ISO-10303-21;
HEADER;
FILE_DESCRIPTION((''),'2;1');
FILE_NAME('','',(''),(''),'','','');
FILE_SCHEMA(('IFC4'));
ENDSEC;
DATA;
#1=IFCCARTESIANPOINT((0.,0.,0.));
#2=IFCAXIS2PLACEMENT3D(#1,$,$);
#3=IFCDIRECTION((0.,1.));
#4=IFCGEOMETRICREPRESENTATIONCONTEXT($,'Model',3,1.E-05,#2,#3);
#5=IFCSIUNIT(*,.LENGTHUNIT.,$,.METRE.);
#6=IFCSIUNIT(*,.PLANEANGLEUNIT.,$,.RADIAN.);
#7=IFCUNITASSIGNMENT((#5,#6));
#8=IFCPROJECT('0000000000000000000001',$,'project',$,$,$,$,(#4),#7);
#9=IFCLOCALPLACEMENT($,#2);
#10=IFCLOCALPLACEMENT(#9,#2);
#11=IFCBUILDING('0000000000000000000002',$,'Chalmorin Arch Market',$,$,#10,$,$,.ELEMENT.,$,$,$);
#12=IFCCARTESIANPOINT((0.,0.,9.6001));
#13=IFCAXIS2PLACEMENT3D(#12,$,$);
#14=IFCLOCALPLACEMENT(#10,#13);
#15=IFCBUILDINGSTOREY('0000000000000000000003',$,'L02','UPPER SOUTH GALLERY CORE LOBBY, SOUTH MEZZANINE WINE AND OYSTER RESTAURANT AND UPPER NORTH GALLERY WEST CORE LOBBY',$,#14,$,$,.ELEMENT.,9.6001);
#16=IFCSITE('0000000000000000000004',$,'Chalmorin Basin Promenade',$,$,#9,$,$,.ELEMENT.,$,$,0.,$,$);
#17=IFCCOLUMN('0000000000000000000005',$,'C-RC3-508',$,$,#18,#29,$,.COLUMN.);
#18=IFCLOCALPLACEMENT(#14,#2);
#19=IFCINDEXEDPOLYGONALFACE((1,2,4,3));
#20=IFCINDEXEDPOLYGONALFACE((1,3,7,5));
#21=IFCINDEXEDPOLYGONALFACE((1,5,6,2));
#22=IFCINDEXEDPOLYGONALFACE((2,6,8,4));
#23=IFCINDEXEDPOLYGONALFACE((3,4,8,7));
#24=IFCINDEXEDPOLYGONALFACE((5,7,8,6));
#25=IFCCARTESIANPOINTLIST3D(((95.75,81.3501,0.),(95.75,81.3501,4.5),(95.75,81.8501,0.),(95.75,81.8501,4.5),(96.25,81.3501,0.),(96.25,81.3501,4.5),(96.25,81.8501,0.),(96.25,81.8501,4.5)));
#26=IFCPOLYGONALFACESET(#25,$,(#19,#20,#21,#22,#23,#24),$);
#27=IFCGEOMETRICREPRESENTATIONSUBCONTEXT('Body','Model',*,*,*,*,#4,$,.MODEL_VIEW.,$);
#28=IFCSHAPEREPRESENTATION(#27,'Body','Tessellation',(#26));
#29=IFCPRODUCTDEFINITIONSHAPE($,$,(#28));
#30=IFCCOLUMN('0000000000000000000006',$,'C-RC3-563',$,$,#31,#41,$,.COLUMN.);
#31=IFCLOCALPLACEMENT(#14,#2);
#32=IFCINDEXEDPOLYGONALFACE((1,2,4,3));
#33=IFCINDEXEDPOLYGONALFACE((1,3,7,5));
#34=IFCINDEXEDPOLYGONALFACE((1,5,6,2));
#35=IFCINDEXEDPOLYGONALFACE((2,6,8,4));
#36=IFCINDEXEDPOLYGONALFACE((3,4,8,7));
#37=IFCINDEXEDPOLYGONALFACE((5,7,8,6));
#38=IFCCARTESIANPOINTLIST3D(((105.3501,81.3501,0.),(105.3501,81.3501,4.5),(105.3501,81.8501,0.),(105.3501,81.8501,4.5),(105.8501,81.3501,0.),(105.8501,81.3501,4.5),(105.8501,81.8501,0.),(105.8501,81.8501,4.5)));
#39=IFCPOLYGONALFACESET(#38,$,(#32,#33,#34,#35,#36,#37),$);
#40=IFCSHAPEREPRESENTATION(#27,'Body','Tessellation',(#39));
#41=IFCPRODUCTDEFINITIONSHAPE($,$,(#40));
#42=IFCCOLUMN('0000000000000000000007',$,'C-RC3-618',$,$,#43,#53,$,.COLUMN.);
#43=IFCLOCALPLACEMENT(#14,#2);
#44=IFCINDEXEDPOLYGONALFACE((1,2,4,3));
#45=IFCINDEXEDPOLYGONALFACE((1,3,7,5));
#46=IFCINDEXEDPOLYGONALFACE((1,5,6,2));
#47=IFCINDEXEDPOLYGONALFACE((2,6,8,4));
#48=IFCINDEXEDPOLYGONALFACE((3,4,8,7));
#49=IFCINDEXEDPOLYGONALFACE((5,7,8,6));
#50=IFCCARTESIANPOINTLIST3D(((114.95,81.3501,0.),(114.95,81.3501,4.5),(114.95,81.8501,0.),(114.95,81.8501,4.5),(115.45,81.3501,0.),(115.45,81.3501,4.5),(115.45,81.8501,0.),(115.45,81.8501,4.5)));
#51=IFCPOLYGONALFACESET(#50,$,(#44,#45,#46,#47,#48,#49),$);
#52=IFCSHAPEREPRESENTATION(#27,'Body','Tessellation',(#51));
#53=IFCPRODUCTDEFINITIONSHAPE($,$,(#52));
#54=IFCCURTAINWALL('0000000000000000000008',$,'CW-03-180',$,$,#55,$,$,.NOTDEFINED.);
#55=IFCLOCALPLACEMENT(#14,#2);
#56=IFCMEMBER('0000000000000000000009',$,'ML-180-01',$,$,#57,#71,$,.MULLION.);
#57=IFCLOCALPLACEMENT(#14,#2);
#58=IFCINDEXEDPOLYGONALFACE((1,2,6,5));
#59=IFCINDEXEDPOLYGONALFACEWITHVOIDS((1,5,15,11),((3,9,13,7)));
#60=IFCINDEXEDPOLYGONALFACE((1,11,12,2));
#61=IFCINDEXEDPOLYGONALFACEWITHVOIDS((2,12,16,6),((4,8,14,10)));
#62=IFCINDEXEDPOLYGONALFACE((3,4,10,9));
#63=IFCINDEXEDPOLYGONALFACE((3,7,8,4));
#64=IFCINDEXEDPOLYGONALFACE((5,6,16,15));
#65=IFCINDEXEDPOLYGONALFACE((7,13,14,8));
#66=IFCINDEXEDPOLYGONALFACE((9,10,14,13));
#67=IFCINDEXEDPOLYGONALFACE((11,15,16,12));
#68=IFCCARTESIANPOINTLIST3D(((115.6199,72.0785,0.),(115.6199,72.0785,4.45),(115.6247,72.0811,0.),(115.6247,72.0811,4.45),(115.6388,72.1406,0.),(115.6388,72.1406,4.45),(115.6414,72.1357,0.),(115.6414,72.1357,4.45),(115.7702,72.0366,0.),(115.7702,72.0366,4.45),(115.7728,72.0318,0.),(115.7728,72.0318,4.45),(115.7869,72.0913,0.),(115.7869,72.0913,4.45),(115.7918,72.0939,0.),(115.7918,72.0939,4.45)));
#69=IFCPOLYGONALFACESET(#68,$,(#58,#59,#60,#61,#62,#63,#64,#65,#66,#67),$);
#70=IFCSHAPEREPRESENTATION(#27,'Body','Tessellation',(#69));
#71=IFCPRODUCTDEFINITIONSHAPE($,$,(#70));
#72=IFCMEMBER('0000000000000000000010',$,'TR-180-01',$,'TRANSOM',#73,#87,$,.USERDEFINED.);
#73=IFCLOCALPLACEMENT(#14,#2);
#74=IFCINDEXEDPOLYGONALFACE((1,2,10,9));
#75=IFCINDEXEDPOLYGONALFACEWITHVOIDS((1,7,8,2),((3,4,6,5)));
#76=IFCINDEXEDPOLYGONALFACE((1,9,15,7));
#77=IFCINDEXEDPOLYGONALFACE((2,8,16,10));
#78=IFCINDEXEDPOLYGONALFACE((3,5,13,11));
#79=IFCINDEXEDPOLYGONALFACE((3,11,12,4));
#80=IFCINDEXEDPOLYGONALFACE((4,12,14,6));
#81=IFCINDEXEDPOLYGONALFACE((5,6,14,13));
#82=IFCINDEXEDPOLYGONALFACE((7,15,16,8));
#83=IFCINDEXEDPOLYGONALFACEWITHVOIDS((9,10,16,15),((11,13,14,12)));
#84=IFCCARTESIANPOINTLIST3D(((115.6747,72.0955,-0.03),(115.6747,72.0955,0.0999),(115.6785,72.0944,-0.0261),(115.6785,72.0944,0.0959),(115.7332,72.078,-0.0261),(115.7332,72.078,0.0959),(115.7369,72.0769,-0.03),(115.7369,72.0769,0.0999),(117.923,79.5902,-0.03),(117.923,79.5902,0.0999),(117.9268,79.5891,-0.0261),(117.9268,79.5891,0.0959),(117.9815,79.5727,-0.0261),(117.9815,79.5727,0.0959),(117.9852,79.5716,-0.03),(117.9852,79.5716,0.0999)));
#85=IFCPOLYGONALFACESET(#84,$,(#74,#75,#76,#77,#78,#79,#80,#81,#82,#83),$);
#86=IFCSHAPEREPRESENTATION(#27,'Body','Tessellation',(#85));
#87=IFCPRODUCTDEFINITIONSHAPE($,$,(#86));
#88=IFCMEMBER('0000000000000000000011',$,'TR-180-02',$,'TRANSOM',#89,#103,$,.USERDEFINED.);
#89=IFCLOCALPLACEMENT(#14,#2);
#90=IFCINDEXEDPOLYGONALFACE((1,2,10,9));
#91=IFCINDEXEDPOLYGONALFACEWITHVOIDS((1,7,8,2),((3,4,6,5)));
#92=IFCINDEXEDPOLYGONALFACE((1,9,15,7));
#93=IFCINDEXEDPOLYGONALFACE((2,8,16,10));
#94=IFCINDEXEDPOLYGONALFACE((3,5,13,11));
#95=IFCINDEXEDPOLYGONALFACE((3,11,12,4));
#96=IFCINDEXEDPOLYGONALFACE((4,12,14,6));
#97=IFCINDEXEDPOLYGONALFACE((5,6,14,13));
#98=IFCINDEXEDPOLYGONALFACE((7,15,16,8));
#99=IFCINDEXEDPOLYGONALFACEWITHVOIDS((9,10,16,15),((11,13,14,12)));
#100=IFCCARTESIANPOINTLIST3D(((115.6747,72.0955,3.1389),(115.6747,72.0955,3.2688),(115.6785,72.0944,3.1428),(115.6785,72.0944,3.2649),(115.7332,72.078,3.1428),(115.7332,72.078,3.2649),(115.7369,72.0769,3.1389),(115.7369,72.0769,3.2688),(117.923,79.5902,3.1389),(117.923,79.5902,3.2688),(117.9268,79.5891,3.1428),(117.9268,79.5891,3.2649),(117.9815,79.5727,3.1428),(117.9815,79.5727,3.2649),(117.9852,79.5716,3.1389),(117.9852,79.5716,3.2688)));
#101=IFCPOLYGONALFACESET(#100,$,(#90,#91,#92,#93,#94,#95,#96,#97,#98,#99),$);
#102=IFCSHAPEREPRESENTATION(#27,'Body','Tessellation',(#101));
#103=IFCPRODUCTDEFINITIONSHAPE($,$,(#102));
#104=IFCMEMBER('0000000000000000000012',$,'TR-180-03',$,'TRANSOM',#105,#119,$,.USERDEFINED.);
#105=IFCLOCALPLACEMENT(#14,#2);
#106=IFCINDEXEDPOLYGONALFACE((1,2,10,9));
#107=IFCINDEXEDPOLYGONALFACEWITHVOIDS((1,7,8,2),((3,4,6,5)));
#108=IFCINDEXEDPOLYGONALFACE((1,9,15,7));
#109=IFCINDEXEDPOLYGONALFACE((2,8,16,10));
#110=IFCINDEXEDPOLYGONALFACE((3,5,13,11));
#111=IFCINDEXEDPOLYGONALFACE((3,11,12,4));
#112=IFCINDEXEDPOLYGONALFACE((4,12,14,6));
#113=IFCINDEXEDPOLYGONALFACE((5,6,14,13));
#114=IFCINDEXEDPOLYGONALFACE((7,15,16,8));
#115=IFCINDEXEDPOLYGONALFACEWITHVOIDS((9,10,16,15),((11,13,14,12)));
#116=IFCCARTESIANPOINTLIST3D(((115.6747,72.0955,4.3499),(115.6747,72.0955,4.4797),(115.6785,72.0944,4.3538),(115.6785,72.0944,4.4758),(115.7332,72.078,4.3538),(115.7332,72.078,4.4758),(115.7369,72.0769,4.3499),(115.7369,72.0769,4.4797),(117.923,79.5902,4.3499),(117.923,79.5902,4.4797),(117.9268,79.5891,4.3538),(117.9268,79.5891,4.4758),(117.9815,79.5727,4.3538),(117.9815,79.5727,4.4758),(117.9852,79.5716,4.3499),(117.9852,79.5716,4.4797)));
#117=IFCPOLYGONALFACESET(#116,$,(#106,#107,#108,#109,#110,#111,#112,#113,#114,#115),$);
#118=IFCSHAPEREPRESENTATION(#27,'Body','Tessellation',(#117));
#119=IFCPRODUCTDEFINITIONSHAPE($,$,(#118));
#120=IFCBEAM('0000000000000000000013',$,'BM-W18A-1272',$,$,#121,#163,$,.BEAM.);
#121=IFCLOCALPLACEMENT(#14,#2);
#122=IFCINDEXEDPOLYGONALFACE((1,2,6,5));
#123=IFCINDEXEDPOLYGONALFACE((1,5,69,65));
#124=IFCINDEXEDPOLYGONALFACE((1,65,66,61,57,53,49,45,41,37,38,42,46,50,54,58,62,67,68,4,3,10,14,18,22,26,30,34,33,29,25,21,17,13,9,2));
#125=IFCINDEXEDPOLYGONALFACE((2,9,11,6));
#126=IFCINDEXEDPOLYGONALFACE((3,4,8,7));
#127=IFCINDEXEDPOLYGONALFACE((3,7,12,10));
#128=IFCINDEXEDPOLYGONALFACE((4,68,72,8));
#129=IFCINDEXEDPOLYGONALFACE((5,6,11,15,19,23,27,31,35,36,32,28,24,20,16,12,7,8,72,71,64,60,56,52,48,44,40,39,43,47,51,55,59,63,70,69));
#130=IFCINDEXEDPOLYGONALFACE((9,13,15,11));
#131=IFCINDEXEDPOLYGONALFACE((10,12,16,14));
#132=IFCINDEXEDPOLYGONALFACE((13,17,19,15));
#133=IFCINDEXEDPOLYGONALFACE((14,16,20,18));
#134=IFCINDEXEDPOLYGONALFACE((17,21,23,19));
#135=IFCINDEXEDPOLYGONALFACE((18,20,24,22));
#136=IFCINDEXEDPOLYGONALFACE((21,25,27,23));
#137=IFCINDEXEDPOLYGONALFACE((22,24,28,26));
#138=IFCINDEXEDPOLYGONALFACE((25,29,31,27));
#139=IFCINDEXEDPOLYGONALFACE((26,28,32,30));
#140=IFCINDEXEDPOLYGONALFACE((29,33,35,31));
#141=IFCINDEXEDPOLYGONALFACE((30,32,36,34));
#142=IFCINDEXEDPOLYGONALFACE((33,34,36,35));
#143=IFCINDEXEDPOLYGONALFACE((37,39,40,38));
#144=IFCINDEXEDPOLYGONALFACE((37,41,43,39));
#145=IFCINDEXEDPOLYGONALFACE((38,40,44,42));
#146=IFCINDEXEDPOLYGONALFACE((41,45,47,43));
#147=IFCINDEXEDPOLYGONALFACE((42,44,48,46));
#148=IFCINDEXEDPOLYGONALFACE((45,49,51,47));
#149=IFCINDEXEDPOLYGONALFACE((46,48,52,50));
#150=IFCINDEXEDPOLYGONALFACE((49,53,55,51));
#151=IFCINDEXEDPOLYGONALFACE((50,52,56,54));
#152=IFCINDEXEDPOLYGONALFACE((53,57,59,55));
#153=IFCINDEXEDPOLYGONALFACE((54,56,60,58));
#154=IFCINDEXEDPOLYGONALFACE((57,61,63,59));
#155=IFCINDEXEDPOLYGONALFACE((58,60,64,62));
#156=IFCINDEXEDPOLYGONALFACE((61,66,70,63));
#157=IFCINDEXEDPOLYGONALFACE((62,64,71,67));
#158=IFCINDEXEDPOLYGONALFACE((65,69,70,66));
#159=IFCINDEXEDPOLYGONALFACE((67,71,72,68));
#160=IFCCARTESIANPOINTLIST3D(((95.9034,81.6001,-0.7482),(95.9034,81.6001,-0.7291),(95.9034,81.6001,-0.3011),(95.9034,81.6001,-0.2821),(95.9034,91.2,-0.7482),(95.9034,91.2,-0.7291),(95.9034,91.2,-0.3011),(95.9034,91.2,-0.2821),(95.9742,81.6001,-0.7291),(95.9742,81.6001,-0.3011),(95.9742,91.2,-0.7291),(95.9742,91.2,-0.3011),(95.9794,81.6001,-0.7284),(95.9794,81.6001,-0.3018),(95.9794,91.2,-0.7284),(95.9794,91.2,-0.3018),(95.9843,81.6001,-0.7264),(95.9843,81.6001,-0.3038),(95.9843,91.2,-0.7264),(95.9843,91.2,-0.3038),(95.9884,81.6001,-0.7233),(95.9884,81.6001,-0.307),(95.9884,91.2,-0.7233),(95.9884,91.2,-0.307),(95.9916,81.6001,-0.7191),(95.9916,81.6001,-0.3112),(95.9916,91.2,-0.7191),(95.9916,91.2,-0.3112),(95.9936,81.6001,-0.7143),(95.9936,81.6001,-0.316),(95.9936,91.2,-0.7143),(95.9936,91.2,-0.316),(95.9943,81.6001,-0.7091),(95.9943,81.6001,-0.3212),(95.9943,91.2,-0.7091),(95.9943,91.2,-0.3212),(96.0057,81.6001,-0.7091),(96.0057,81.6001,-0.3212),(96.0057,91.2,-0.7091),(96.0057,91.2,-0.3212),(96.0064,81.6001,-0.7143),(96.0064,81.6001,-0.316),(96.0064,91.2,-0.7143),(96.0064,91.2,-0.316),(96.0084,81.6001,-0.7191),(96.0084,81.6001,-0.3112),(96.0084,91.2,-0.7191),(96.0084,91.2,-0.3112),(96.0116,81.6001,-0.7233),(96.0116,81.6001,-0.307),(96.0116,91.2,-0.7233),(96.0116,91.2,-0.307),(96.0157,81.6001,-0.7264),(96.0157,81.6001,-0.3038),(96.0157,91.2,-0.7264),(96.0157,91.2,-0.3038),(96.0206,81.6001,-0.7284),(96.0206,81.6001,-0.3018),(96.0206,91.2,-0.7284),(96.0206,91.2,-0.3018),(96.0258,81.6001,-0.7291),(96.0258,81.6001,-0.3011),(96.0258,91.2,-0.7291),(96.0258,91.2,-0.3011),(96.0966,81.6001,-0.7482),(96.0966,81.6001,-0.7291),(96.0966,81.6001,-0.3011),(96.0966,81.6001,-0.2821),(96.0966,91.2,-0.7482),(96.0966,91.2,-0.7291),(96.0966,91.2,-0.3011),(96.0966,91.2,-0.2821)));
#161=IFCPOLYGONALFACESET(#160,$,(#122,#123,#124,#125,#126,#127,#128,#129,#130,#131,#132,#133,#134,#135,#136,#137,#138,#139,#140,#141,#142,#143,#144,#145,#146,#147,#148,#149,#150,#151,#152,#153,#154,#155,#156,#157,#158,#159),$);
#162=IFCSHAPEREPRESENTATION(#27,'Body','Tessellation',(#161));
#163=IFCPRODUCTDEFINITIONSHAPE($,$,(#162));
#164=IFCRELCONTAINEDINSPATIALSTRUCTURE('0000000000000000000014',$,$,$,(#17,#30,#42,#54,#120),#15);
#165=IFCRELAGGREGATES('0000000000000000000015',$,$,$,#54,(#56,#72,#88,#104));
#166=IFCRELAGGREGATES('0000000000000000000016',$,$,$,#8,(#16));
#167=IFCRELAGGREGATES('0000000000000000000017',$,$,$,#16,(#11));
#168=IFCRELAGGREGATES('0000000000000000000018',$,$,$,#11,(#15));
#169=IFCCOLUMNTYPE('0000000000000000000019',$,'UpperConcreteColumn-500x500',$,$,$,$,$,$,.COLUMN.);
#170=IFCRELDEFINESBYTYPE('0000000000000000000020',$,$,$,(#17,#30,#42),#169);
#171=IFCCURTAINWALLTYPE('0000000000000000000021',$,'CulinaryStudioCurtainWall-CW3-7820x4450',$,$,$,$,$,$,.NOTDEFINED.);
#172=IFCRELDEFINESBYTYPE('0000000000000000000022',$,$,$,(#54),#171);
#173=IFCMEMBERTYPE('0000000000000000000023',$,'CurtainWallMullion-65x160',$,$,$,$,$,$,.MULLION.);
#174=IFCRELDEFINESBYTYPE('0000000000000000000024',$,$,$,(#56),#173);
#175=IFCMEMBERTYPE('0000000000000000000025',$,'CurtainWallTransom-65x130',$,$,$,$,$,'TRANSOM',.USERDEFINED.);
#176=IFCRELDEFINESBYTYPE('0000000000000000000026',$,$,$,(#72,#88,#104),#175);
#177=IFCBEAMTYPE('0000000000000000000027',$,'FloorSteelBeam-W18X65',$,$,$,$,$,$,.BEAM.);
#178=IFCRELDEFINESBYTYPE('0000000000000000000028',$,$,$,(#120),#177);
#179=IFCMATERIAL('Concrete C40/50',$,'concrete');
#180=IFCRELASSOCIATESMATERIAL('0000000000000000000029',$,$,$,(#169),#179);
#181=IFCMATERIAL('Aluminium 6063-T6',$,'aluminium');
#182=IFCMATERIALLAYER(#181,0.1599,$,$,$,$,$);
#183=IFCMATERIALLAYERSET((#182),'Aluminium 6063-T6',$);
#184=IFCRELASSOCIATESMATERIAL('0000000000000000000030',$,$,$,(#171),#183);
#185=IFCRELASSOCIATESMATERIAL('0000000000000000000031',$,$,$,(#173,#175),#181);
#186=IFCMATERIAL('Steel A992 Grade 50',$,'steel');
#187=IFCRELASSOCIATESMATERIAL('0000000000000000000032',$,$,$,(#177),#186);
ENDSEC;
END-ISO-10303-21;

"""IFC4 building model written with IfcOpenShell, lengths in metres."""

from ifc_helpers import new_model, si_unit, direction, frame, origin, origin_2d, place, context, subcontext, project, spatial, rectangle, hollow_rectangle, i_section, extrude, material, layer, layer_set, material_profile, profile_set, type_object, element, aggregate, save


model = new_model("IFC4")

# Units and contexts
model_context = context("Model", 3, precision=1e-05, world=origin(), true_north=direction((0.0, 1.0)))
body_context = subcontext(model_context, "Body", "Model", "MODEL_VIEW")
ifc_project = project(units=[si_unit("LENGTHUNIT", "METRE"), si_unit("PLANEANGLEUNIT", "RADIAN")], contexts=[model_context])

# Site, building, storey
site_placement = place(None, origin())
site = spatial("IfcSite", under=ifc_project, at=site_placement, Name="Chalmorin Basin Promenade", CompositionType="ELEMENT", RefElevation=0.0)
building_placement = place(site_placement, origin())
building = spatial("IfcBuilding", under=site, at=building_placement, Name="Chalmorin Arch Market", CompositionType="ELEMENT")
storey_placement = place(building_placement, frame((0.0, 0.0, 9.6001)))
storey = spatial("IfcBuildingStorey", under=building, at=storey_placement, Name="L02", Description="UPPER SOUTH GALLERY CORE LOBBY, SOUTH MEZZANINE WINE AND OYSTER RESTAURANT AND UPPER NORTH GALLERY WEST CORE LOBBY", CompositionType="ELEMENT", Elevation=9.6001)

# Columns
ifc_material_1 = material(Name="Concrete C40/50", Category="concrete")
ifc_material_profile_1 = material_profile(ifc_material_1, rectangle(XDim=0.5, YDim=0.5, at=origin_2d()), Name="RC500X500")
ifc_profile_set_1 = profile_set([ifc_material_profile_1], Name="Concrete C40/50")
column_type = type_object("IfcColumnType", Name="UpperConcreteColumn-500x500", PredefinedType="COLUMN", material=ifc_profile_set_1)
for number, where, z_axis, x_axis, name in (
    (1, (96.0, 81.6001, 0.0), (0.0, 0.0, 1.0), (1.0, 0.0, 0.0), "C-RC3-508"),
    (2, (105.6001, 81.6001, 0.0), (0.0, 0.0, 1.0), (1.0, 0.0, 0.0), "C-RC3-563"),
    (3, (115.2, 81.6001, 0.0), (0.0, 0.0, 1.0), (1.0, 0.0, 0.0), "C-RC3-618"),
):
    element("IfcColumn", number, at=place(storey_placement, frame(where, z_axis=z_axis, x_axis=x_axis)), inside=storey, type_object=column_type, Name=name, PredefinedType="COLUMN", context=body_context, shape_type="SweptSolid", body=[
        extrude(rectangle(XDim=0.5, YDim=0.5, at=origin_2d()), origin(), (0.0, 0.0, 1.0), 4.5),
    ])

# Curtain wall, members
ifc_material_2 = material(Name="Aluminium 6063-T6", Category="aluminium")
ifc_layer_1 = layer(ifc_material_2, 0.1599)
ifc_layer_set_1 = layer_set([ifc_layer_1], Name="Aluminium 6063-T6")
curtain_wall_type = type_object("IfcCurtainWallType", Name="CulinaryStudioCurtainWall-CW3-7820x4450", PredefinedType="NOTDEFINED", material=ifc_layer_set_1)
curtain_wall_placement = place(storey_placement, origin())
curtain_wall = element("IfcCurtainWall", 4, at=curtain_wall_placement, inside=storey, type_object=curtain_wall_type, Name="CW-03-180", PredefinedType="NOTDEFINED")
ifc_material_profile_2 = material_profile(ifc_material_2, hollow_rectangle(XDim=0.0649, YDim=0.1599, WallThickness=0.0039, at=origin_2d()), Name="ALU65X160X4")
ifc_profile_set_2 = profile_set([ifc_material_profile_2], Name="Aluminium 6063-T6")
member_type_1 = type_object("IfcMemberType", Name="CurtainWallMullion-65x160", PredefinedType="MULLION", material=ifc_profile_set_2)
member_1_placement = place(storey_placement, frame((115.7058, 72.0862, 0.0), z_axis=(0.0, 0.0, 1.0), x_axis=(0.292372, 0.956305, 0.0)))
member_1 = element("IfcMember", 5, at=member_1_placement, type_object=member_type_1, Name="ML-180-01", PredefinedType="MULLION", context=body_context, shape_type="SweptSolid", body=[
    extrude(hollow_rectangle(XDim=0.0649, YDim=0.1599, WallThickness=0.0039, at=origin_2d()), origin(), (0.0, 0.0, 1.0), 4.45),
])
ifc_material_profile_3 = material_profile(ifc_material_2, hollow_rectangle(XDim=0.0649, YDim=0.1299, WallThickness=0.0039, at=origin_2d()), Name="ALU65X130X4")
ifc_profile_set_3 = profile_set([ifc_material_profile_3], Name="Aluminium 6063-T6")
member_type_2 = type_object("IfcMemberType", Name="CurtainWallTransom-65x130", ElementType="TRANSOM", PredefinedType="USERDEFINED", material=ifc_profile_set_3)
member_2_placement = place(storey_placement, frame((115.7058, 72.0862, 0.0349), z_axis=(0.287336, 0.95783, 0.0), x_axis=(-0.95783, 0.287336, 0.0)))
member_2 = element("IfcMember", 6, at=member_2_placement, type_object=member_type_2, Name="TR-180-01", ObjectType="TRANSOM", PredefinedType="USERDEFINED", context=body_context, shape_type="SweptSolid", body=[
    extrude(hollow_rectangle(XDim=0.0649, YDim=0.1299, WallThickness=0.0039, at=origin_2d()), origin(), (0.0, 0.0, 1.0), 7.8247),
])
member_3_placement = place(storey_placement, frame((115.7058, 72.0862, 3.2039), z_axis=(0.287336, 0.95783, 0.0), x_axis=(-0.95783, 0.287336, 0.0)))
member_3 = element("IfcMember", 7, at=member_3_placement, type_object=member_type_2, Name="TR-180-02", ObjectType="TRANSOM", PredefinedType="USERDEFINED", context=body_context, shape_type="SweptSolid", body=[
    extrude(hollow_rectangle(XDim=0.0649, YDim=0.1299, WallThickness=0.0039, at=origin_2d()), origin(), (0.0, 0.0, 1.0), 7.8247),
])
member_4_placement = place(storey_placement, frame((115.7058, 72.0862, 4.4148), z_axis=(0.287336, 0.95783, 0.0), x_axis=(-0.95783, 0.287336, 0.0)))
member_4 = element("IfcMember", 8, at=member_4_placement, type_object=member_type_2, Name="TR-180-03", ObjectType="TRANSOM", PredefinedType="USERDEFINED", context=body_context, shape_type="SweptSolid", body=[
    extrude(hollow_rectangle(XDim=0.0649, YDim=0.1299, WallThickness=0.0039, at=origin_2d()), origin(), (0.0, 0.0, 1.0), 7.8247),
])

# Beam
ifc_material_3 = material(Name="Steel A992 Grade 50", Category="steel")
ifc_material_profile_4 = material_profile(ifc_material_3, i_section(OverallWidth=0.1931, OverallDepth=0.4661, WebThickness=0.0115, FlangeThickness=0.019, FilletRadius=0.02, at=origin_2d()), Name="W18X65")
ifc_profile_set_4 = profile_set([ifc_material_profile_4], Name="Steel A992 Grade 50")
beam_type_1 = type_object("IfcBeamType", Name="FloorSteelBeam-W18X65", PredefinedType="BEAM", material=ifc_profile_set_4)
for number, where, z_axis, x_axis, name in (
    (9, (96.0, 81.6001, -0.5151), (0.0, 1.0, 0.0), (-1.0, 0.0, 0.0), "BM-W18A-1272"),
):
    element("IfcBeam", number, at=place(storey_placement, frame(where, z_axis=z_axis, x_axis=x_axis)), inside=storey, type_object=beam_type_1, Name=name, PredefinedType="BEAM", context=body_context, shape_type="SweptSolid", body=[
        extrude(i_section(OverallWidth=0.1931, OverallDepth=0.4661, WebThickness=0.0115, FlangeThickness=0.019, FilletRadius=0.02, at=origin_2d()), origin(), (0.0, 0.0, 1.0), 9.5999),
    ])

aggregate(curtain_wall, [member_1, member_2, member_3, member_4])

save(model, "model.ifc")
